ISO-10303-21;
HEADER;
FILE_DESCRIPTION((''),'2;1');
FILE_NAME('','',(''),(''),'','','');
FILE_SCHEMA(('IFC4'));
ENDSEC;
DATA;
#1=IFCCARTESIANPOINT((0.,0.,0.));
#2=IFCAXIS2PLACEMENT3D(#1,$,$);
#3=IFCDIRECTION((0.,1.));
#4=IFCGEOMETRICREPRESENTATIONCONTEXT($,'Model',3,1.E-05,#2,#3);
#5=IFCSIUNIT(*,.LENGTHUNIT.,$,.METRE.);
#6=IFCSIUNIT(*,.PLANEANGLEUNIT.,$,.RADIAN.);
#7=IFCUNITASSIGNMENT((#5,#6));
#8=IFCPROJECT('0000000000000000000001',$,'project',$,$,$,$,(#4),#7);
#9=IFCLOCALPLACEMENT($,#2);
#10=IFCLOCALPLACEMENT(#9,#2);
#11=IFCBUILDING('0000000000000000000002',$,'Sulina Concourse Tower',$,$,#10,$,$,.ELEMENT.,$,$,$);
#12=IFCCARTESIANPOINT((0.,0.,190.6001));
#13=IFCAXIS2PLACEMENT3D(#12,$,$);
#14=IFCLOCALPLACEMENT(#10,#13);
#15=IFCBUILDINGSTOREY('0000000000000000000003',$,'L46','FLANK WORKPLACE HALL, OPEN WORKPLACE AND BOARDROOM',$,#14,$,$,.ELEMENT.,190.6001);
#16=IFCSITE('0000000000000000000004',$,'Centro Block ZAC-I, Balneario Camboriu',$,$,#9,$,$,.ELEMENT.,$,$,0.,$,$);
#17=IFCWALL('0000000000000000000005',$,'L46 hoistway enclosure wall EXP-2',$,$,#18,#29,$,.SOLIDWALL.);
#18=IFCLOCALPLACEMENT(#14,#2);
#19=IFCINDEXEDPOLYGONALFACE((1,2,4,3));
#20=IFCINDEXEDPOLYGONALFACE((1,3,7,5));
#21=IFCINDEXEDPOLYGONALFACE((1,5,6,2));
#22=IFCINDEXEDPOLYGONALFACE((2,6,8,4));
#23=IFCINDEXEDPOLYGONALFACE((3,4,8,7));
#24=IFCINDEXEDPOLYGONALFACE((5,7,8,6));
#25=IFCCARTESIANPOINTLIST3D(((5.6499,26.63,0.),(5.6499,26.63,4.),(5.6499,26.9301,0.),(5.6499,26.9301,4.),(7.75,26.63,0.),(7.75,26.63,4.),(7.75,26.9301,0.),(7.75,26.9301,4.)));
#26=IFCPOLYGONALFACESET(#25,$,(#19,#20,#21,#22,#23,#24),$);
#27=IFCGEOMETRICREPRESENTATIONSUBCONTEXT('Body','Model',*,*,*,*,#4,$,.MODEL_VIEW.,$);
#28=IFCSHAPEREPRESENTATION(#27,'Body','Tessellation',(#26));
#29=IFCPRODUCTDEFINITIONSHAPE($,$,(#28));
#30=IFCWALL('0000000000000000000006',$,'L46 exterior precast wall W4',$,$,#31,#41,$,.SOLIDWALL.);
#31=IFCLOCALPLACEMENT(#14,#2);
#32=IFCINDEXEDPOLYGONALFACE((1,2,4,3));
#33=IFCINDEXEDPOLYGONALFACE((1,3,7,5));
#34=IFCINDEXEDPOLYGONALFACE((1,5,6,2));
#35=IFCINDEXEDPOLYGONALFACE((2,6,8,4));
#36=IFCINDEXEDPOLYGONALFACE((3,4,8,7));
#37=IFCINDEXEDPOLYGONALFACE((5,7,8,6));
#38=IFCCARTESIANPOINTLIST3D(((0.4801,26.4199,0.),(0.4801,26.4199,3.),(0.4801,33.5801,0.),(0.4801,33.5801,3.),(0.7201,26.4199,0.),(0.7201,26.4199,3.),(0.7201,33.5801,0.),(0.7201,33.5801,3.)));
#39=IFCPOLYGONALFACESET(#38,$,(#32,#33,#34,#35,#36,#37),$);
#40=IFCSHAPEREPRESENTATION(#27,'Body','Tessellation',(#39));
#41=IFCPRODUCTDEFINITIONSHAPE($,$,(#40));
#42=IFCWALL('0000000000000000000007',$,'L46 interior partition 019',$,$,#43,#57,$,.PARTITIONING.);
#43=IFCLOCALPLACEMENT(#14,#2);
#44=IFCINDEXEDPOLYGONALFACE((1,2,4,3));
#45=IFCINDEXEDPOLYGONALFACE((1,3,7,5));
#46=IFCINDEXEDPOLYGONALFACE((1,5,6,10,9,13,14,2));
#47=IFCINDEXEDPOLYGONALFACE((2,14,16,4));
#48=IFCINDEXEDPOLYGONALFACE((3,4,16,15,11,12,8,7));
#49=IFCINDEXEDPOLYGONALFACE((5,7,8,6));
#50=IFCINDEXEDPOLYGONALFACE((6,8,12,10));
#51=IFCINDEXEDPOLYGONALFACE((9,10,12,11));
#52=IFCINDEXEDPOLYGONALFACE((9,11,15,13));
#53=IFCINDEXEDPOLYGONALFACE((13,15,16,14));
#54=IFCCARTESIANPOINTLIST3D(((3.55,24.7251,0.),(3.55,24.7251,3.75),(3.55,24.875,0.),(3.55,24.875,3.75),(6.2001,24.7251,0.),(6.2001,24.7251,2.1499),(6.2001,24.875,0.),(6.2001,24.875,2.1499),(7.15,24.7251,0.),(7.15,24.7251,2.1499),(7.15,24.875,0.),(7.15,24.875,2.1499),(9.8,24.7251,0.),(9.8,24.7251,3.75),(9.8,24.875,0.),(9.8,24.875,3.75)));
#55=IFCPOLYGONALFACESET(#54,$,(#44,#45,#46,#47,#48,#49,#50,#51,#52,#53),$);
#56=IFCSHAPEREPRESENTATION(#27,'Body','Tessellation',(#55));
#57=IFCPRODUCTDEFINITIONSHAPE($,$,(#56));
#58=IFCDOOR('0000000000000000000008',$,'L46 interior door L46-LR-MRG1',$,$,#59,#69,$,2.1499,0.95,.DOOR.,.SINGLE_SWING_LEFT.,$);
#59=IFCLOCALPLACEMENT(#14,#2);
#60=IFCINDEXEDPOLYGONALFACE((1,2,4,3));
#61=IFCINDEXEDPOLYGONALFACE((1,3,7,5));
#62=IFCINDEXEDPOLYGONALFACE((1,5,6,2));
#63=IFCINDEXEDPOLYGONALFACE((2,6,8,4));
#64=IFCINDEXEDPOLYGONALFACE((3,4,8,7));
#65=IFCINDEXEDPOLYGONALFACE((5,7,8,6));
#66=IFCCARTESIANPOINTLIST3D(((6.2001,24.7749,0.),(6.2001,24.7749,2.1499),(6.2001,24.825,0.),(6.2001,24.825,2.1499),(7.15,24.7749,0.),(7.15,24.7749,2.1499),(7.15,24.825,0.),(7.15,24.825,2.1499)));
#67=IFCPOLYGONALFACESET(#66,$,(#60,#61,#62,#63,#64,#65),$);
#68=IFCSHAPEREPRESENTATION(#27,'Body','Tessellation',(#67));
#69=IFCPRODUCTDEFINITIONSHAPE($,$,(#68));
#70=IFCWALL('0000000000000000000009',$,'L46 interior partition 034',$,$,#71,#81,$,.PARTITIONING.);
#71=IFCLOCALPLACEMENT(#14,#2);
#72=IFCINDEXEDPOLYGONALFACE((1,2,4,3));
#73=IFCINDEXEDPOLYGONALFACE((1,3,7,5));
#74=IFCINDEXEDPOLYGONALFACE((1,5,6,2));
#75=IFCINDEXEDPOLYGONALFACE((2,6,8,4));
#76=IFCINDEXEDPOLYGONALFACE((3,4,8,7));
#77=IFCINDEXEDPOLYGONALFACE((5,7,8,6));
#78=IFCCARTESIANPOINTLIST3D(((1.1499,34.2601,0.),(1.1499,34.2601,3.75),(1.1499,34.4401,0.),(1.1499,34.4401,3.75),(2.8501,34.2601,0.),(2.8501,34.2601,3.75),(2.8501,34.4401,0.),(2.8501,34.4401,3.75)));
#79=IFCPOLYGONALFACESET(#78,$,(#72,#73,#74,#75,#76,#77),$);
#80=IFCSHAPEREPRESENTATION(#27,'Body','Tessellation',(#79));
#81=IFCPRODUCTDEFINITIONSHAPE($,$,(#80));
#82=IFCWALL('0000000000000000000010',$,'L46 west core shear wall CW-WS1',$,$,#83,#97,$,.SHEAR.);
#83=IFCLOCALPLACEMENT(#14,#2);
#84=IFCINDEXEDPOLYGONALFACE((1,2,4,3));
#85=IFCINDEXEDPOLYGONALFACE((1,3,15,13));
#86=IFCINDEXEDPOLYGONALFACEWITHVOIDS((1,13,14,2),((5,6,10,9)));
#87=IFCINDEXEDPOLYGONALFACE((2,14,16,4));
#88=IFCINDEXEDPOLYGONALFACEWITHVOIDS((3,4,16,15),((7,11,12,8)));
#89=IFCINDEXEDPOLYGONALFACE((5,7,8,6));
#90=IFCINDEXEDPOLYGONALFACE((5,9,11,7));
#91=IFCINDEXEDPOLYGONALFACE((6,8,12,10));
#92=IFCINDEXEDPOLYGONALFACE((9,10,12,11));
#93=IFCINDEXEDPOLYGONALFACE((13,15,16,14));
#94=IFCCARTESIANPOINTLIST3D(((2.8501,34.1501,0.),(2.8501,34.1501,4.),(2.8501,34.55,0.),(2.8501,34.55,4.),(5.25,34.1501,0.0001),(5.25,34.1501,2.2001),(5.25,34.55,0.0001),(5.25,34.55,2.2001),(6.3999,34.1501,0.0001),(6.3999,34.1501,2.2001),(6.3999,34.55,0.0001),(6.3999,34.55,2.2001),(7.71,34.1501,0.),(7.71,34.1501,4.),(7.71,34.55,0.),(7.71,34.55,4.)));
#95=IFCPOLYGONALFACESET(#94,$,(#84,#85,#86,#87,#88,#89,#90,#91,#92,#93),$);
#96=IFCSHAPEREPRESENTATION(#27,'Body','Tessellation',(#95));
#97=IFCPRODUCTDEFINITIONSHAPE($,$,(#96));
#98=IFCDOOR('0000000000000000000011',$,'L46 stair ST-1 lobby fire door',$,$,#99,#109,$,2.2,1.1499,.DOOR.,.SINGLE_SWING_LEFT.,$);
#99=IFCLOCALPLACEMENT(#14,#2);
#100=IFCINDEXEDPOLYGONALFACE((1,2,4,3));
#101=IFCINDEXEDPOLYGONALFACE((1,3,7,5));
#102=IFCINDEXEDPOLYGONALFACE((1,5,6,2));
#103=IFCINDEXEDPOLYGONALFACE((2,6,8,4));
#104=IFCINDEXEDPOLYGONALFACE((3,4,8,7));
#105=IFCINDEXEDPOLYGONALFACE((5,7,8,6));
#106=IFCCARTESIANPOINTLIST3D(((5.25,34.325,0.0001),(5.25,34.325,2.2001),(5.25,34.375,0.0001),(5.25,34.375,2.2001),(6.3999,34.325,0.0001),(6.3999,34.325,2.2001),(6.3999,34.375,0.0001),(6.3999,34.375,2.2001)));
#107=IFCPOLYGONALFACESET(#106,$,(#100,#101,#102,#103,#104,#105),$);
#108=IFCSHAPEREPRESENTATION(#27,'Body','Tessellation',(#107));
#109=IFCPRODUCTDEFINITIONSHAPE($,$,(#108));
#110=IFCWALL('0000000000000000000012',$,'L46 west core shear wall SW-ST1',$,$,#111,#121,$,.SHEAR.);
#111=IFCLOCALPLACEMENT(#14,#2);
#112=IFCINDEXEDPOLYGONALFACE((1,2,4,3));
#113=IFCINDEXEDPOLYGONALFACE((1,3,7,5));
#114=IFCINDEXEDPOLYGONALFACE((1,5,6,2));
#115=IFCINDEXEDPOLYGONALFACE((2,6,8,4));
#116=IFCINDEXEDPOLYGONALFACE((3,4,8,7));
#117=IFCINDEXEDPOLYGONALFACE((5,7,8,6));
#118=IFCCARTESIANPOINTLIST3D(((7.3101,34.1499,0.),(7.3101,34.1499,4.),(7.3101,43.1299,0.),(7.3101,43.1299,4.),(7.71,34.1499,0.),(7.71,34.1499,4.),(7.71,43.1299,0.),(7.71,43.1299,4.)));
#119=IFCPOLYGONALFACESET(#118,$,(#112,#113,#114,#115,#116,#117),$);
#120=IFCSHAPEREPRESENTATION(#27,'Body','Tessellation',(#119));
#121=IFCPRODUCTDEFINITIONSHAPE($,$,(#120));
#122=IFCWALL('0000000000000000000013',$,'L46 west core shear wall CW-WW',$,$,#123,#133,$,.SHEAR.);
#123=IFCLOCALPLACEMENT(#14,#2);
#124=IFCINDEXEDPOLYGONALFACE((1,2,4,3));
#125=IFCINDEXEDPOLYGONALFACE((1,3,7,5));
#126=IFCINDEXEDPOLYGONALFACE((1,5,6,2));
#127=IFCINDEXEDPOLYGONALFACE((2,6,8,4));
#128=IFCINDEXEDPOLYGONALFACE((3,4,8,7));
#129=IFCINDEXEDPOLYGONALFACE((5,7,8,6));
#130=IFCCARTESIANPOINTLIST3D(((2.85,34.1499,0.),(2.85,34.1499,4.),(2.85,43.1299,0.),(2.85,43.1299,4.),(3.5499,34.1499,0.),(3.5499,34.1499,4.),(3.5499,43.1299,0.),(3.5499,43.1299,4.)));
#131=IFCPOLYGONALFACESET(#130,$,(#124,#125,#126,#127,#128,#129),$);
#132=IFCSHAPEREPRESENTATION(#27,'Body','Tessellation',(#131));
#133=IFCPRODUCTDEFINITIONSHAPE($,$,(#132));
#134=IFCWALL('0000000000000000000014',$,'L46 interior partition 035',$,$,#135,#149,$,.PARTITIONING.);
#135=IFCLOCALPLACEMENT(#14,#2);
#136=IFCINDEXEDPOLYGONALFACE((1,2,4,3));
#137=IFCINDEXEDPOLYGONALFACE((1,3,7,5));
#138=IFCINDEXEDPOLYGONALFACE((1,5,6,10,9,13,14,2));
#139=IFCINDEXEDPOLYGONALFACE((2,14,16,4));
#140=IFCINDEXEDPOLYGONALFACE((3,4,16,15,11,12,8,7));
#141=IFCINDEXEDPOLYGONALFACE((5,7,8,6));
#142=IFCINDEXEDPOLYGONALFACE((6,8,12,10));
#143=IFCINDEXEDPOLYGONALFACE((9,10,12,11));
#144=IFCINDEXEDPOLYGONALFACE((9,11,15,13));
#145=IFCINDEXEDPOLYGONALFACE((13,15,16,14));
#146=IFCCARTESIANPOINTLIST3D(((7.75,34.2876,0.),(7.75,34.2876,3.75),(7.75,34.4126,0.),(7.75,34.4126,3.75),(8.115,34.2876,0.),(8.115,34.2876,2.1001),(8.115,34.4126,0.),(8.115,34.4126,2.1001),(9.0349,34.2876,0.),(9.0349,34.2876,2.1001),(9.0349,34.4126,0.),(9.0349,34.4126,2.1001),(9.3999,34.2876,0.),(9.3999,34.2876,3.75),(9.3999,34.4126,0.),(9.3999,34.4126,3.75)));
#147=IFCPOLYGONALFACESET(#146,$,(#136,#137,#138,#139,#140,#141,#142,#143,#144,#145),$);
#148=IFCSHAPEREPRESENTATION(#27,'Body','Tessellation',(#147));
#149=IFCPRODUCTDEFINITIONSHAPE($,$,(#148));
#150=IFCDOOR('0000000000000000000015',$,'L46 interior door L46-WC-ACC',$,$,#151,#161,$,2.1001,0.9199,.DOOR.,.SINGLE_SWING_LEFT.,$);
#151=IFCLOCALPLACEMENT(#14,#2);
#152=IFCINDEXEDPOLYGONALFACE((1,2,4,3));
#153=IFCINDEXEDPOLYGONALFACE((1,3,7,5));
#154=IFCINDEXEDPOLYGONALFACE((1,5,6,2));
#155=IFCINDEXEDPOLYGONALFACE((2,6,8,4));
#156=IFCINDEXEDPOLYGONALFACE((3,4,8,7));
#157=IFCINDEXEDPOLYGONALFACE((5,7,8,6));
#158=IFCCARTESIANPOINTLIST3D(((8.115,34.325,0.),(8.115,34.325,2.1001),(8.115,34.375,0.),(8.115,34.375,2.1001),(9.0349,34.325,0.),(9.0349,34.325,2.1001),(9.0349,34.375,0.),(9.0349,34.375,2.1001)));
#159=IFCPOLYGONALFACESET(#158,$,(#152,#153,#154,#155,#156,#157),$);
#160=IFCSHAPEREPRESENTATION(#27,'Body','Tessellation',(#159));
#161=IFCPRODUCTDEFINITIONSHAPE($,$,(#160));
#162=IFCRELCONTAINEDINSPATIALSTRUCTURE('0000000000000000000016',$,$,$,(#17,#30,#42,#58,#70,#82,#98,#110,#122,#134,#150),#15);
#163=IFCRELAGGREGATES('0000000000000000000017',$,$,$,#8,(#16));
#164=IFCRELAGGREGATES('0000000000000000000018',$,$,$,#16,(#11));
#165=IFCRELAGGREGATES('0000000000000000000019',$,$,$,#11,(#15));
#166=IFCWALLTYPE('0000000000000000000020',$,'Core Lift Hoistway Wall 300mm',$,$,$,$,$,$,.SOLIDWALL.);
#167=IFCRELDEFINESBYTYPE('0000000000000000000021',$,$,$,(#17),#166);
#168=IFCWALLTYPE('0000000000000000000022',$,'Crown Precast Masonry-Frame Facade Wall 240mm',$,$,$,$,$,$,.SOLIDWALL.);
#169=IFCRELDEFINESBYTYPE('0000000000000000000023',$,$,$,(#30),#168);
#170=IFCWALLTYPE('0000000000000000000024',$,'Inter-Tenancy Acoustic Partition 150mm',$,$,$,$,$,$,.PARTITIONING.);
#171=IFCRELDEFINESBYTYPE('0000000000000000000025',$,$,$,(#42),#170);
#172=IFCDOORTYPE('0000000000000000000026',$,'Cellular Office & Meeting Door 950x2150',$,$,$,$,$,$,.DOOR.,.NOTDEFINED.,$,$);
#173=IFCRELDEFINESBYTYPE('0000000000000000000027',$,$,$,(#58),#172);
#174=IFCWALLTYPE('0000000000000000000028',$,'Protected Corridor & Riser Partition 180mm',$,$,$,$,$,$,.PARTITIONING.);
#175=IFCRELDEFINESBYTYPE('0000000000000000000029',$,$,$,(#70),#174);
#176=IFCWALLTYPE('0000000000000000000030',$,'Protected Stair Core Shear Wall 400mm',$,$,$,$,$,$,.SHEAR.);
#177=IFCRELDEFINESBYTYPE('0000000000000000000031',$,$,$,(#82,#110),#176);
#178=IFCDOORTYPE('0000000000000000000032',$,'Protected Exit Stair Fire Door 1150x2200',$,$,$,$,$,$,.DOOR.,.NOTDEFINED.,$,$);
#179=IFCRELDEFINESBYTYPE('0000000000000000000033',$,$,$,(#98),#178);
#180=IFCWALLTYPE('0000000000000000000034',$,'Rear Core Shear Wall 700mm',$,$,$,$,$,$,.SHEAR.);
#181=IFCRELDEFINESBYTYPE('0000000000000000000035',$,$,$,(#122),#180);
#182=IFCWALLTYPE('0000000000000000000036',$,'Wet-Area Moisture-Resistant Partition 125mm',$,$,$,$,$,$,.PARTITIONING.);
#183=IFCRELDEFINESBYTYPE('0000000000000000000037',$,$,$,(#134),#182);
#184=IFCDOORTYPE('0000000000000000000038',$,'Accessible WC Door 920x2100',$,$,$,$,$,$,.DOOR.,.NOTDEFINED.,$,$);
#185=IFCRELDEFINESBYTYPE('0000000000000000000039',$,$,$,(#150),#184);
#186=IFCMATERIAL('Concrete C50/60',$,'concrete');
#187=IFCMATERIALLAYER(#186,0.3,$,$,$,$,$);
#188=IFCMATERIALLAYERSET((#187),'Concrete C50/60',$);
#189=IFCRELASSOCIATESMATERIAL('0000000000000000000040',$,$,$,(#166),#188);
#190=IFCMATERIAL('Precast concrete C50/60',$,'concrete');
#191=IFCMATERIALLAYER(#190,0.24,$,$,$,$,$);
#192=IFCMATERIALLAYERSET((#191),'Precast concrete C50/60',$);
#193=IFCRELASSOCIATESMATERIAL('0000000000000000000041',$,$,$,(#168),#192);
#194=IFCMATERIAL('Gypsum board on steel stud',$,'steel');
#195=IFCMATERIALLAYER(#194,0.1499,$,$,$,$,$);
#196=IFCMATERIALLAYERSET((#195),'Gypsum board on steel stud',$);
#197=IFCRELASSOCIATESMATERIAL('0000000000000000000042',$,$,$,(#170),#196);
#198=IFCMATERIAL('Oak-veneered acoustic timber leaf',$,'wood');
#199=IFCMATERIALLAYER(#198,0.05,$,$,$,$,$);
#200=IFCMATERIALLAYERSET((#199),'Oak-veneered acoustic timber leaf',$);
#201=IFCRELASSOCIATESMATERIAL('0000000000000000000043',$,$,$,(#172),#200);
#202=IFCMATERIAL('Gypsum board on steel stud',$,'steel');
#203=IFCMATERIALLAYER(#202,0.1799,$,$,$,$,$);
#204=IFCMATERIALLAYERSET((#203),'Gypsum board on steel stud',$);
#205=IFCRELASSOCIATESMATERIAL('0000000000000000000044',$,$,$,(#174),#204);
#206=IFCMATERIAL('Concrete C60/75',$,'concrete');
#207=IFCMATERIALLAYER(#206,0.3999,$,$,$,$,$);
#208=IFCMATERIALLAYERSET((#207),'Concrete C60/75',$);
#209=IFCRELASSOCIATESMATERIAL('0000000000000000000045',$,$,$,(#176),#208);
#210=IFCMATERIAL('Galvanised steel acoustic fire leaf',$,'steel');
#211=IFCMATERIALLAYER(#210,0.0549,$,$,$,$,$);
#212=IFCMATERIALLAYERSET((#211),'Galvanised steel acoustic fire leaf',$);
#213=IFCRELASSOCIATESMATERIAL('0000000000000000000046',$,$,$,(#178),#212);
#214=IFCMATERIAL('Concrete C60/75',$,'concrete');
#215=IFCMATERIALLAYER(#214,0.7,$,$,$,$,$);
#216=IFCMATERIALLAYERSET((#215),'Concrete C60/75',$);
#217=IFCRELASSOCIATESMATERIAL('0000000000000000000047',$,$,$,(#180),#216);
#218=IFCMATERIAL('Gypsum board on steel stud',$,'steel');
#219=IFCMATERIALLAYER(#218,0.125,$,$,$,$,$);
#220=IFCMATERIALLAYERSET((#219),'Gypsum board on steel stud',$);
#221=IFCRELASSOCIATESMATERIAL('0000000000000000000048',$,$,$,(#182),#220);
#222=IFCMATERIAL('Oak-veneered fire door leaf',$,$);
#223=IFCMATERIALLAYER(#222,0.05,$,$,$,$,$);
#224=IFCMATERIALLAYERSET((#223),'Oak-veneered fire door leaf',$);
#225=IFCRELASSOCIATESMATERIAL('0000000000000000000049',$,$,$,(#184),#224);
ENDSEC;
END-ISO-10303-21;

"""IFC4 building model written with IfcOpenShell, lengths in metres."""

from ifc_helpers import new_model, si_unit, direction, frame, frame_2d, origin, place, context, subcontext, project, spatial, rectangle, extrude, material, layer, layer_set, type_object, element, fill, save


model = new_model("IFC4")

# Units and contexts
model_context = context("Model", 3, precision=1e-05, world=origin(), true_north=direction((0.0, 1.0)))
body_context = subcontext(model_context, "Body", "Model", "MODEL_VIEW")
ifc_project = project(units=[si_unit("LENGTHUNIT", "METRE"), si_unit("PLANEANGLEUNIT", "RADIAN")], contexts=[model_context])

# Site, building, storey
site_placement = place(None, origin())
site = spatial("IfcSite", under=ifc_project, at=site_placement, Name="Centro Block ZAC-I, Balneario Camboriu", CompositionType="ELEMENT", RefElevation=0.0)
building_placement = place(site_placement, origin())
building = spatial("IfcBuilding", under=site, at=building_placement, Name="Sulina Concourse Tower", CompositionType="ELEMENT")
storey_placement = place(building_placement, frame((0.0, 0.0, 190.6001)))
storey = spatial("IfcBuildingStorey", under=building, at=storey_placement, Name="L46", Description="FLANK WORKPLACE HALL, OPEN WORKPLACE AND BOARDROOM", CompositionType="ELEMENT", Elevation=190.6001)

# Walls
ifc_material_1 = material(Name="Concrete C50/60", Category="concrete")
ifc_layer_1 = layer(ifc_material_1, 0.3)
ifc_layer_set_1 = layer_set([ifc_layer_1], Name="Concrete C50/60")
wall_type_1 = type_object("IfcWallType", Name="Core Lift Hoistway Wall 300mm", PredefinedType="SOLIDWALL", material=ifc_layer_set_1)
wall_1_placement = place(storey_placement, frame((7.75, 26.78, 0.0), z_axis=(0.0, 0.0, 1.0), x_axis=(-1.0, 0.0, 0.0)))
element("IfcWall", 1, at=wall_1_placement, inside=storey, type_object=wall_type_1, Name="L46 hoistway enclosure wall EXP-2", PredefinedType="SOLIDWALL", context=body_context, shape_type="SweptSolid", body=[
    extrude(rectangle(XDim=2.1001, YDim=0.3, at=frame_2d((1.05, 0.0))), origin(), (0.0, 0.0, 1.0), 4.0),
])
ifc_material_2 = material(Name="Precast concrete C50/60", Category="concrete")
ifc_layer_2 = layer(ifc_material_2, 0.24)
ifc_layer_set_2 = layer_set([ifc_layer_2], Name="Precast concrete C50/60")
wall_type_2 = type_object("IfcWallType", Name="Crown Precast Masonry-Frame Facade Wall 240mm", PredefinedType="SOLIDWALL", material=ifc_layer_set_2)
wall_2_placement = place(storey_placement, frame((0.6001, 26.4199, 0.0), z_axis=(0.0, 0.0, 1.0), x_axis=(0.0, 1.0, 0.0)))
element("IfcWall", 2, at=wall_2_placement, inside=storey, type_object=wall_type_2, Name="L46 exterior precast wall W4", PredefinedType="SOLIDWALL", context=body_context, shape_type="SweptSolid", body=[
    extrude(rectangle(XDim=7.1602, YDim=0.24, at=frame_2d((3.5801, 0.0))), origin(), (0.0, 0.0, 1.0), 3.0),
])

# Wall, opening, door
ifc_material_3 = material(Name="Gypsum board on steel stud", Category="steel")
ifc_layer_3 = layer(ifc_material_3, 0.1499)
ifc_layer_set_3 = layer_set([ifc_layer_3], Name="Gypsum board on steel stud")
wall_type_3 = type_object("IfcWallType", Name="Inter-Tenancy Acoustic Partition 150mm", PredefinedType="PARTITIONING", material=ifc_layer_set_3)
wall_3_placement = place(storey_placement, frame((3.55, 24.8, 0.0), z_axis=(0.0, 0.0, 1.0), x_axis=(1.0, 0.0, 0.0)))
wall_3 = element("IfcWall", 3, at=wall_3_placement, inside=storey, type_object=wall_type_3, Name="L46 interior partition 019", PredefinedType="PARTITIONING", context=body_context, shape_type="SweptSolid", body=[
    extrude(rectangle(XDim=6.25, YDim=0.1499, at=frame_2d((3.125, 0.0))), origin(), (0.0, 0.0, 1.0), 3.75),
])
opening_1_placement = place(wall_3_placement, frame((2.6499, 0.0, 0.0)))
opening_1 = element("IfcOpeningElement", 4, at=opening_1_placement, cuts=wall_3, PredefinedType="OPENING", context=body_context, shape_type="SweptSolid", body=[
    extrude(rectangle(XDim=0.95, YDim=2.1499, at=frame_2d((0.4751, 1.075))), frame((0.0, 0.085, 0.0), z_axis=(0.0, -1.0, 0.0), x_axis=(1.0, 0.0, 0.0)), (0.0, 0.0, 1.0), 0.1699),
])
ifc_material_4 = material(Name="Oak-veneered acoustic timber leaf", Category="wood")
ifc_layer_4 = layer(ifc_material_4, 0.05)
ifc_layer_set_4 = layer_set([ifc_layer_4], Name="Oak-veneered acoustic timber leaf")
door_type_1 = type_object("IfcDoorType", Name="Cellular Office & Meeting Door 950x2150", OperationType="NOTDEFINED", PredefinedType="DOOR", material=ifc_layer_set_4)
door_1_placement = place(opening_1_placement, origin())
door_1 = element("IfcDoor", 5, at=door_1_placement, inside=storey, type_object=door_type_1, Name="L46 interior door L46-LR-MRG1", OperationType="SINGLE_SWING_LEFT", OverallHeight=2.1499, OverallWidth=0.95, PredefinedType="DOOR", context=body_context, shape_type="SweptSolid", body=[
    extrude(rectangle(XDim=0.95, YDim=2.1499, at=frame_2d((0.4751, 1.075))), frame((0.0, 0.0249, 0.0), z_axis=(0.0, -1.0, 0.0), x_axis=(1.0, 0.0, 0.0)), (0.0, 0.0, 1.0), 0.05),
])
fill(opening_1, door_1)

# Wall
ifc_material_5 = material(Name="Gypsum board on steel stud", Category="steel")
ifc_layer_5 = layer(ifc_material_5, 0.1799)
ifc_layer_set_5 = layer_set([ifc_layer_5], Name="Gypsum board on steel stud")
wall_type_4 = type_object("IfcWallType", Name="Protected Corridor & Riser Partition 180mm", PredefinedType="PARTITIONING", material=ifc_layer_set_5)
wall_4_placement = place(storey_placement, frame((1.1499, 34.3501, 0.0), z_axis=(0.0, 0.0, 1.0), x_axis=(1.0, 0.0, 0.0)))
element("IfcWall", 6, at=wall_4_placement, inside=storey, type_object=wall_type_4, Name="L46 interior partition 034", PredefinedType="PARTITIONING", context=body_context, shape_type="SweptSolid", body=[
    extrude(rectangle(XDim=1.7002, YDim=0.1799, at=frame_2d((0.8501, 0.0))), origin(), (0.0, 0.0, 1.0), 3.75),
])

# Wall, opening, door
ifc_material_6 = material(Name="Concrete C60/75", Category="concrete")
ifc_layer_6 = layer(ifc_material_6, 0.3999)
ifc_layer_set_6 = layer_set([ifc_layer_6], Name="Concrete C60/75")
wall_type_5 = type_object("IfcWallType", Name="Protected Stair Core Shear Wall 400mm", PredefinedType="SHEAR", material=ifc_layer_set_6)
wall_5_placement = place(storey_placement, frame((2.8501, 34.3501, 0.0), z_axis=(0.0, 0.0, 1.0), x_axis=(1.0, 0.0, 0.0)))
wall_5 = element("IfcWall", 7, at=wall_5_placement, inside=storey, type_object=wall_type_5, Name="L46 west core shear wall CW-WS1", PredefinedType="SHEAR", context=body_context, shape_type="SweptSolid", body=[
    extrude(rectangle(XDim=4.8599, YDim=0.3999, at=frame_2d((2.4299, 0.0))), origin(), (0.0, 0.0, 1.0), 4.0),
])
opening_2_placement = place(wall_5_placement, frame((2.3999, 0.0, 0.0)))
opening_2 = element("IfcOpeningElement", 8, at=opening_2_placement, cuts=wall_5, PredefinedType="OPENING", context=body_context, shape_type="SweptSolid", body=[
    extrude(rectangle(XDim=1.1499, YDim=2.2, at=frame_2d((0.575, 1.1001))), frame((0.0, 0.21, 0.0), z_axis=(0.0, -1.0, 0.0), x_axis=(1.0, 0.0, 0.0)), (0.0, 0.0, 1.0), 0.4199),
])
ifc_material_7 = material(Name="Galvanised steel acoustic fire leaf", Category="steel")
ifc_layer_7 = layer(ifc_material_7, 0.0549)
ifc_layer_set_7 = layer_set([ifc_layer_7], Name="Galvanised steel acoustic fire leaf")
door_type_2 = type_object("IfcDoorType", Name="Protected Exit Stair Fire Door 1150x2200", OperationType="NOTDEFINED", PredefinedType="DOOR", material=ifc_layer_set_7)
door_2_placement = place(opening_2_placement, origin())
door_2 = element("IfcDoor", 9, at=door_2_placement, inside=storey, type_object=door_type_2, Name="L46 stair ST-1 lobby fire door", OperationType="SINGLE_SWING_LEFT", OverallHeight=2.2, OverallWidth=1.1499, PredefinedType="DOOR", context=body_context, shape_type="SweptSolid", body=[
    extrude(rectangle(XDim=1.1499, YDim=2.2, at=frame_2d((0.575, 1.1001))), frame((0.0, 0.0249, 0.0), z_axis=(0.0, -1.0, 0.0), x_axis=(1.0, 0.0, 0.0)), (0.0, 0.0, 1.0), 0.05),
])
fill(opening_2, door_2)

# Walls
wall_6_placement = place(storey_placement, frame((7.51, 34.1499, 0.0), z_axis=(0.0, 0.0, 1.0), x_axis=(0.0, 1.0, 0.0)))
element("IfcWall", 10, at=wall_6_placement, inside=storey, type_object=wall_type_5, Name="L46 west core shear wall SW-ST1", PredefinedType="SHEAR", context=body_context, shape_type="SweptSolid", body=[
    extrude(rectangle(XDim=8.98, YDim=0.3999, at=frame_2d((4.49, 0.0))), origin(), (0.0, 0.0, 1.0), 4.0),
])
ifc_material_8 = material(Name="Concrete C60/75", Category="concrete")
ifc_layer_8 = layer(ifc_material_8, 0.7)
ifc_layer_set_8 = layer_set([ifc_layer_8], Name="Concrete C60/75")
wall_type_6 = type_object("IfcWallType", Name="Rear Core Shear Wall 700mm", PredefinedType="SHEAR", material=ifc_layer_set_8)
wall_7_placement = place(storey_placement, frame((3.2, 34.1499, 0.0), z_axis=(0.0, 0.0, 1.0), x_axis=(0.0, 1.0, 0.0)))
element("IfcWall", 11, at=wall_7_placement, inside=storey, type_object=wall_type_6, Name="L46 west core shear wall CW-WW", PredefinedType="SHEAR", context=body_context, shape_type="SweptSolid", body=[
    extrude(rectangle(XDim=8.98, YDim=0.7, at=frame_2d((4.49, 0.0))), origin(), (0.0, 0.0, 1.0), 4.0),
])

# Wall, opening, door
ifc_material_9 = material(Name="Gypsum board on steel stud", Category="steel")
ifc_layer_9 = layer(ifc_material_9, 0.125)
ifc_layer_set_9 = layer_set([ifc_layer_9], Name="Gypsum board on steel stud")
wall_type_7 = type_object("IfcWallType", Name="Wet-Area Moisture-Resistant Partition 125mm", PredefinedType="PARTITIONING", material=ifc_layer_set_9)
wall_8_placement = place(storey_placement, frame((7.75, 34.3501, 0.0), z_axis=(0.0, 0.0, 1.0), x_axis=(1.0, 0.0, 0.0)))
wall_8 = element("IfcWall", 12, at=wall_8_placement, inside=storey, type_object=wall_type_7, Name="L46 interior partition 035", PredefinedType="PARTITIONING", context=body_context, shape_type="SweptSolid", body=[
    extrude(rectangle(XDim=1.6499, YDim=0.125, at=frame_2d((0.825, 0.0))), origin(), (0.0, 0.0, 1.0), 3.75),
])
opening_3_placement = place(wall_8_placement, frame((0.365, 0.0, 0.0)))
opening_3 = element("IfcOpeningElement", 13, at=opening_3_placement, cuts=wall_8, PredefinedType="OPENING", context=body_context, shape_type="SweptSolid", body=[
    extrude(rectangle(XDim=0.9199, YDim=2.1001, at=frame_2d((0.46, 1.05))), frame((0.0, 0.0725, 0.0), z_axis=(0.0, -1.0, 0.0), x_axis=(1.0, 0.0, 0.0)), (0.0, 0.0, 1.0), 0.145),
])
ifc_material_10 = material(Name="Oak-veneered fire door leaf")
ifc_layer_10 = layer(ifc_material_10, 0.05)
ifc_layer_set_10 = layer_set([ifc_layer_10], Name="Oak-veneered fire door leaf")
door_type_3 = type_object("IfcDoorType", Name="Accessible WC Door 920x2100", OperationType="NOTDEFINED", PredefinedType="DOOR", material=ifc_layer_set_10)
door_3_placement = place(opening_3_placement, origin())
door_3 = element("IfcDoor", 14, at=door_3_placement, inside=storey, type_object=door_type_3, Name="L46 interior door L46-WC-ACC", OperationType="SINGLE_SWING_LEFT", OverallHeight=2.1001, OverallWidth=0.9199, PredefinedType="DOOR", context=body_context, shape_type="SweptSolid", body=[
    extrude(rectangle(XDim=0.9199, YDim=2.1001, at=frame_2d((0.46, 1.05))), frame((0.0, 0.0249, 0.0), z_axis=(0.0, -1.0, 0.0), x_axis=(1.0, 0.0, 0.0)), (0.0, 0.0, 1.0), 0.05),
])
fill(opening_3, door_3)

save(model, "model.ifc")
